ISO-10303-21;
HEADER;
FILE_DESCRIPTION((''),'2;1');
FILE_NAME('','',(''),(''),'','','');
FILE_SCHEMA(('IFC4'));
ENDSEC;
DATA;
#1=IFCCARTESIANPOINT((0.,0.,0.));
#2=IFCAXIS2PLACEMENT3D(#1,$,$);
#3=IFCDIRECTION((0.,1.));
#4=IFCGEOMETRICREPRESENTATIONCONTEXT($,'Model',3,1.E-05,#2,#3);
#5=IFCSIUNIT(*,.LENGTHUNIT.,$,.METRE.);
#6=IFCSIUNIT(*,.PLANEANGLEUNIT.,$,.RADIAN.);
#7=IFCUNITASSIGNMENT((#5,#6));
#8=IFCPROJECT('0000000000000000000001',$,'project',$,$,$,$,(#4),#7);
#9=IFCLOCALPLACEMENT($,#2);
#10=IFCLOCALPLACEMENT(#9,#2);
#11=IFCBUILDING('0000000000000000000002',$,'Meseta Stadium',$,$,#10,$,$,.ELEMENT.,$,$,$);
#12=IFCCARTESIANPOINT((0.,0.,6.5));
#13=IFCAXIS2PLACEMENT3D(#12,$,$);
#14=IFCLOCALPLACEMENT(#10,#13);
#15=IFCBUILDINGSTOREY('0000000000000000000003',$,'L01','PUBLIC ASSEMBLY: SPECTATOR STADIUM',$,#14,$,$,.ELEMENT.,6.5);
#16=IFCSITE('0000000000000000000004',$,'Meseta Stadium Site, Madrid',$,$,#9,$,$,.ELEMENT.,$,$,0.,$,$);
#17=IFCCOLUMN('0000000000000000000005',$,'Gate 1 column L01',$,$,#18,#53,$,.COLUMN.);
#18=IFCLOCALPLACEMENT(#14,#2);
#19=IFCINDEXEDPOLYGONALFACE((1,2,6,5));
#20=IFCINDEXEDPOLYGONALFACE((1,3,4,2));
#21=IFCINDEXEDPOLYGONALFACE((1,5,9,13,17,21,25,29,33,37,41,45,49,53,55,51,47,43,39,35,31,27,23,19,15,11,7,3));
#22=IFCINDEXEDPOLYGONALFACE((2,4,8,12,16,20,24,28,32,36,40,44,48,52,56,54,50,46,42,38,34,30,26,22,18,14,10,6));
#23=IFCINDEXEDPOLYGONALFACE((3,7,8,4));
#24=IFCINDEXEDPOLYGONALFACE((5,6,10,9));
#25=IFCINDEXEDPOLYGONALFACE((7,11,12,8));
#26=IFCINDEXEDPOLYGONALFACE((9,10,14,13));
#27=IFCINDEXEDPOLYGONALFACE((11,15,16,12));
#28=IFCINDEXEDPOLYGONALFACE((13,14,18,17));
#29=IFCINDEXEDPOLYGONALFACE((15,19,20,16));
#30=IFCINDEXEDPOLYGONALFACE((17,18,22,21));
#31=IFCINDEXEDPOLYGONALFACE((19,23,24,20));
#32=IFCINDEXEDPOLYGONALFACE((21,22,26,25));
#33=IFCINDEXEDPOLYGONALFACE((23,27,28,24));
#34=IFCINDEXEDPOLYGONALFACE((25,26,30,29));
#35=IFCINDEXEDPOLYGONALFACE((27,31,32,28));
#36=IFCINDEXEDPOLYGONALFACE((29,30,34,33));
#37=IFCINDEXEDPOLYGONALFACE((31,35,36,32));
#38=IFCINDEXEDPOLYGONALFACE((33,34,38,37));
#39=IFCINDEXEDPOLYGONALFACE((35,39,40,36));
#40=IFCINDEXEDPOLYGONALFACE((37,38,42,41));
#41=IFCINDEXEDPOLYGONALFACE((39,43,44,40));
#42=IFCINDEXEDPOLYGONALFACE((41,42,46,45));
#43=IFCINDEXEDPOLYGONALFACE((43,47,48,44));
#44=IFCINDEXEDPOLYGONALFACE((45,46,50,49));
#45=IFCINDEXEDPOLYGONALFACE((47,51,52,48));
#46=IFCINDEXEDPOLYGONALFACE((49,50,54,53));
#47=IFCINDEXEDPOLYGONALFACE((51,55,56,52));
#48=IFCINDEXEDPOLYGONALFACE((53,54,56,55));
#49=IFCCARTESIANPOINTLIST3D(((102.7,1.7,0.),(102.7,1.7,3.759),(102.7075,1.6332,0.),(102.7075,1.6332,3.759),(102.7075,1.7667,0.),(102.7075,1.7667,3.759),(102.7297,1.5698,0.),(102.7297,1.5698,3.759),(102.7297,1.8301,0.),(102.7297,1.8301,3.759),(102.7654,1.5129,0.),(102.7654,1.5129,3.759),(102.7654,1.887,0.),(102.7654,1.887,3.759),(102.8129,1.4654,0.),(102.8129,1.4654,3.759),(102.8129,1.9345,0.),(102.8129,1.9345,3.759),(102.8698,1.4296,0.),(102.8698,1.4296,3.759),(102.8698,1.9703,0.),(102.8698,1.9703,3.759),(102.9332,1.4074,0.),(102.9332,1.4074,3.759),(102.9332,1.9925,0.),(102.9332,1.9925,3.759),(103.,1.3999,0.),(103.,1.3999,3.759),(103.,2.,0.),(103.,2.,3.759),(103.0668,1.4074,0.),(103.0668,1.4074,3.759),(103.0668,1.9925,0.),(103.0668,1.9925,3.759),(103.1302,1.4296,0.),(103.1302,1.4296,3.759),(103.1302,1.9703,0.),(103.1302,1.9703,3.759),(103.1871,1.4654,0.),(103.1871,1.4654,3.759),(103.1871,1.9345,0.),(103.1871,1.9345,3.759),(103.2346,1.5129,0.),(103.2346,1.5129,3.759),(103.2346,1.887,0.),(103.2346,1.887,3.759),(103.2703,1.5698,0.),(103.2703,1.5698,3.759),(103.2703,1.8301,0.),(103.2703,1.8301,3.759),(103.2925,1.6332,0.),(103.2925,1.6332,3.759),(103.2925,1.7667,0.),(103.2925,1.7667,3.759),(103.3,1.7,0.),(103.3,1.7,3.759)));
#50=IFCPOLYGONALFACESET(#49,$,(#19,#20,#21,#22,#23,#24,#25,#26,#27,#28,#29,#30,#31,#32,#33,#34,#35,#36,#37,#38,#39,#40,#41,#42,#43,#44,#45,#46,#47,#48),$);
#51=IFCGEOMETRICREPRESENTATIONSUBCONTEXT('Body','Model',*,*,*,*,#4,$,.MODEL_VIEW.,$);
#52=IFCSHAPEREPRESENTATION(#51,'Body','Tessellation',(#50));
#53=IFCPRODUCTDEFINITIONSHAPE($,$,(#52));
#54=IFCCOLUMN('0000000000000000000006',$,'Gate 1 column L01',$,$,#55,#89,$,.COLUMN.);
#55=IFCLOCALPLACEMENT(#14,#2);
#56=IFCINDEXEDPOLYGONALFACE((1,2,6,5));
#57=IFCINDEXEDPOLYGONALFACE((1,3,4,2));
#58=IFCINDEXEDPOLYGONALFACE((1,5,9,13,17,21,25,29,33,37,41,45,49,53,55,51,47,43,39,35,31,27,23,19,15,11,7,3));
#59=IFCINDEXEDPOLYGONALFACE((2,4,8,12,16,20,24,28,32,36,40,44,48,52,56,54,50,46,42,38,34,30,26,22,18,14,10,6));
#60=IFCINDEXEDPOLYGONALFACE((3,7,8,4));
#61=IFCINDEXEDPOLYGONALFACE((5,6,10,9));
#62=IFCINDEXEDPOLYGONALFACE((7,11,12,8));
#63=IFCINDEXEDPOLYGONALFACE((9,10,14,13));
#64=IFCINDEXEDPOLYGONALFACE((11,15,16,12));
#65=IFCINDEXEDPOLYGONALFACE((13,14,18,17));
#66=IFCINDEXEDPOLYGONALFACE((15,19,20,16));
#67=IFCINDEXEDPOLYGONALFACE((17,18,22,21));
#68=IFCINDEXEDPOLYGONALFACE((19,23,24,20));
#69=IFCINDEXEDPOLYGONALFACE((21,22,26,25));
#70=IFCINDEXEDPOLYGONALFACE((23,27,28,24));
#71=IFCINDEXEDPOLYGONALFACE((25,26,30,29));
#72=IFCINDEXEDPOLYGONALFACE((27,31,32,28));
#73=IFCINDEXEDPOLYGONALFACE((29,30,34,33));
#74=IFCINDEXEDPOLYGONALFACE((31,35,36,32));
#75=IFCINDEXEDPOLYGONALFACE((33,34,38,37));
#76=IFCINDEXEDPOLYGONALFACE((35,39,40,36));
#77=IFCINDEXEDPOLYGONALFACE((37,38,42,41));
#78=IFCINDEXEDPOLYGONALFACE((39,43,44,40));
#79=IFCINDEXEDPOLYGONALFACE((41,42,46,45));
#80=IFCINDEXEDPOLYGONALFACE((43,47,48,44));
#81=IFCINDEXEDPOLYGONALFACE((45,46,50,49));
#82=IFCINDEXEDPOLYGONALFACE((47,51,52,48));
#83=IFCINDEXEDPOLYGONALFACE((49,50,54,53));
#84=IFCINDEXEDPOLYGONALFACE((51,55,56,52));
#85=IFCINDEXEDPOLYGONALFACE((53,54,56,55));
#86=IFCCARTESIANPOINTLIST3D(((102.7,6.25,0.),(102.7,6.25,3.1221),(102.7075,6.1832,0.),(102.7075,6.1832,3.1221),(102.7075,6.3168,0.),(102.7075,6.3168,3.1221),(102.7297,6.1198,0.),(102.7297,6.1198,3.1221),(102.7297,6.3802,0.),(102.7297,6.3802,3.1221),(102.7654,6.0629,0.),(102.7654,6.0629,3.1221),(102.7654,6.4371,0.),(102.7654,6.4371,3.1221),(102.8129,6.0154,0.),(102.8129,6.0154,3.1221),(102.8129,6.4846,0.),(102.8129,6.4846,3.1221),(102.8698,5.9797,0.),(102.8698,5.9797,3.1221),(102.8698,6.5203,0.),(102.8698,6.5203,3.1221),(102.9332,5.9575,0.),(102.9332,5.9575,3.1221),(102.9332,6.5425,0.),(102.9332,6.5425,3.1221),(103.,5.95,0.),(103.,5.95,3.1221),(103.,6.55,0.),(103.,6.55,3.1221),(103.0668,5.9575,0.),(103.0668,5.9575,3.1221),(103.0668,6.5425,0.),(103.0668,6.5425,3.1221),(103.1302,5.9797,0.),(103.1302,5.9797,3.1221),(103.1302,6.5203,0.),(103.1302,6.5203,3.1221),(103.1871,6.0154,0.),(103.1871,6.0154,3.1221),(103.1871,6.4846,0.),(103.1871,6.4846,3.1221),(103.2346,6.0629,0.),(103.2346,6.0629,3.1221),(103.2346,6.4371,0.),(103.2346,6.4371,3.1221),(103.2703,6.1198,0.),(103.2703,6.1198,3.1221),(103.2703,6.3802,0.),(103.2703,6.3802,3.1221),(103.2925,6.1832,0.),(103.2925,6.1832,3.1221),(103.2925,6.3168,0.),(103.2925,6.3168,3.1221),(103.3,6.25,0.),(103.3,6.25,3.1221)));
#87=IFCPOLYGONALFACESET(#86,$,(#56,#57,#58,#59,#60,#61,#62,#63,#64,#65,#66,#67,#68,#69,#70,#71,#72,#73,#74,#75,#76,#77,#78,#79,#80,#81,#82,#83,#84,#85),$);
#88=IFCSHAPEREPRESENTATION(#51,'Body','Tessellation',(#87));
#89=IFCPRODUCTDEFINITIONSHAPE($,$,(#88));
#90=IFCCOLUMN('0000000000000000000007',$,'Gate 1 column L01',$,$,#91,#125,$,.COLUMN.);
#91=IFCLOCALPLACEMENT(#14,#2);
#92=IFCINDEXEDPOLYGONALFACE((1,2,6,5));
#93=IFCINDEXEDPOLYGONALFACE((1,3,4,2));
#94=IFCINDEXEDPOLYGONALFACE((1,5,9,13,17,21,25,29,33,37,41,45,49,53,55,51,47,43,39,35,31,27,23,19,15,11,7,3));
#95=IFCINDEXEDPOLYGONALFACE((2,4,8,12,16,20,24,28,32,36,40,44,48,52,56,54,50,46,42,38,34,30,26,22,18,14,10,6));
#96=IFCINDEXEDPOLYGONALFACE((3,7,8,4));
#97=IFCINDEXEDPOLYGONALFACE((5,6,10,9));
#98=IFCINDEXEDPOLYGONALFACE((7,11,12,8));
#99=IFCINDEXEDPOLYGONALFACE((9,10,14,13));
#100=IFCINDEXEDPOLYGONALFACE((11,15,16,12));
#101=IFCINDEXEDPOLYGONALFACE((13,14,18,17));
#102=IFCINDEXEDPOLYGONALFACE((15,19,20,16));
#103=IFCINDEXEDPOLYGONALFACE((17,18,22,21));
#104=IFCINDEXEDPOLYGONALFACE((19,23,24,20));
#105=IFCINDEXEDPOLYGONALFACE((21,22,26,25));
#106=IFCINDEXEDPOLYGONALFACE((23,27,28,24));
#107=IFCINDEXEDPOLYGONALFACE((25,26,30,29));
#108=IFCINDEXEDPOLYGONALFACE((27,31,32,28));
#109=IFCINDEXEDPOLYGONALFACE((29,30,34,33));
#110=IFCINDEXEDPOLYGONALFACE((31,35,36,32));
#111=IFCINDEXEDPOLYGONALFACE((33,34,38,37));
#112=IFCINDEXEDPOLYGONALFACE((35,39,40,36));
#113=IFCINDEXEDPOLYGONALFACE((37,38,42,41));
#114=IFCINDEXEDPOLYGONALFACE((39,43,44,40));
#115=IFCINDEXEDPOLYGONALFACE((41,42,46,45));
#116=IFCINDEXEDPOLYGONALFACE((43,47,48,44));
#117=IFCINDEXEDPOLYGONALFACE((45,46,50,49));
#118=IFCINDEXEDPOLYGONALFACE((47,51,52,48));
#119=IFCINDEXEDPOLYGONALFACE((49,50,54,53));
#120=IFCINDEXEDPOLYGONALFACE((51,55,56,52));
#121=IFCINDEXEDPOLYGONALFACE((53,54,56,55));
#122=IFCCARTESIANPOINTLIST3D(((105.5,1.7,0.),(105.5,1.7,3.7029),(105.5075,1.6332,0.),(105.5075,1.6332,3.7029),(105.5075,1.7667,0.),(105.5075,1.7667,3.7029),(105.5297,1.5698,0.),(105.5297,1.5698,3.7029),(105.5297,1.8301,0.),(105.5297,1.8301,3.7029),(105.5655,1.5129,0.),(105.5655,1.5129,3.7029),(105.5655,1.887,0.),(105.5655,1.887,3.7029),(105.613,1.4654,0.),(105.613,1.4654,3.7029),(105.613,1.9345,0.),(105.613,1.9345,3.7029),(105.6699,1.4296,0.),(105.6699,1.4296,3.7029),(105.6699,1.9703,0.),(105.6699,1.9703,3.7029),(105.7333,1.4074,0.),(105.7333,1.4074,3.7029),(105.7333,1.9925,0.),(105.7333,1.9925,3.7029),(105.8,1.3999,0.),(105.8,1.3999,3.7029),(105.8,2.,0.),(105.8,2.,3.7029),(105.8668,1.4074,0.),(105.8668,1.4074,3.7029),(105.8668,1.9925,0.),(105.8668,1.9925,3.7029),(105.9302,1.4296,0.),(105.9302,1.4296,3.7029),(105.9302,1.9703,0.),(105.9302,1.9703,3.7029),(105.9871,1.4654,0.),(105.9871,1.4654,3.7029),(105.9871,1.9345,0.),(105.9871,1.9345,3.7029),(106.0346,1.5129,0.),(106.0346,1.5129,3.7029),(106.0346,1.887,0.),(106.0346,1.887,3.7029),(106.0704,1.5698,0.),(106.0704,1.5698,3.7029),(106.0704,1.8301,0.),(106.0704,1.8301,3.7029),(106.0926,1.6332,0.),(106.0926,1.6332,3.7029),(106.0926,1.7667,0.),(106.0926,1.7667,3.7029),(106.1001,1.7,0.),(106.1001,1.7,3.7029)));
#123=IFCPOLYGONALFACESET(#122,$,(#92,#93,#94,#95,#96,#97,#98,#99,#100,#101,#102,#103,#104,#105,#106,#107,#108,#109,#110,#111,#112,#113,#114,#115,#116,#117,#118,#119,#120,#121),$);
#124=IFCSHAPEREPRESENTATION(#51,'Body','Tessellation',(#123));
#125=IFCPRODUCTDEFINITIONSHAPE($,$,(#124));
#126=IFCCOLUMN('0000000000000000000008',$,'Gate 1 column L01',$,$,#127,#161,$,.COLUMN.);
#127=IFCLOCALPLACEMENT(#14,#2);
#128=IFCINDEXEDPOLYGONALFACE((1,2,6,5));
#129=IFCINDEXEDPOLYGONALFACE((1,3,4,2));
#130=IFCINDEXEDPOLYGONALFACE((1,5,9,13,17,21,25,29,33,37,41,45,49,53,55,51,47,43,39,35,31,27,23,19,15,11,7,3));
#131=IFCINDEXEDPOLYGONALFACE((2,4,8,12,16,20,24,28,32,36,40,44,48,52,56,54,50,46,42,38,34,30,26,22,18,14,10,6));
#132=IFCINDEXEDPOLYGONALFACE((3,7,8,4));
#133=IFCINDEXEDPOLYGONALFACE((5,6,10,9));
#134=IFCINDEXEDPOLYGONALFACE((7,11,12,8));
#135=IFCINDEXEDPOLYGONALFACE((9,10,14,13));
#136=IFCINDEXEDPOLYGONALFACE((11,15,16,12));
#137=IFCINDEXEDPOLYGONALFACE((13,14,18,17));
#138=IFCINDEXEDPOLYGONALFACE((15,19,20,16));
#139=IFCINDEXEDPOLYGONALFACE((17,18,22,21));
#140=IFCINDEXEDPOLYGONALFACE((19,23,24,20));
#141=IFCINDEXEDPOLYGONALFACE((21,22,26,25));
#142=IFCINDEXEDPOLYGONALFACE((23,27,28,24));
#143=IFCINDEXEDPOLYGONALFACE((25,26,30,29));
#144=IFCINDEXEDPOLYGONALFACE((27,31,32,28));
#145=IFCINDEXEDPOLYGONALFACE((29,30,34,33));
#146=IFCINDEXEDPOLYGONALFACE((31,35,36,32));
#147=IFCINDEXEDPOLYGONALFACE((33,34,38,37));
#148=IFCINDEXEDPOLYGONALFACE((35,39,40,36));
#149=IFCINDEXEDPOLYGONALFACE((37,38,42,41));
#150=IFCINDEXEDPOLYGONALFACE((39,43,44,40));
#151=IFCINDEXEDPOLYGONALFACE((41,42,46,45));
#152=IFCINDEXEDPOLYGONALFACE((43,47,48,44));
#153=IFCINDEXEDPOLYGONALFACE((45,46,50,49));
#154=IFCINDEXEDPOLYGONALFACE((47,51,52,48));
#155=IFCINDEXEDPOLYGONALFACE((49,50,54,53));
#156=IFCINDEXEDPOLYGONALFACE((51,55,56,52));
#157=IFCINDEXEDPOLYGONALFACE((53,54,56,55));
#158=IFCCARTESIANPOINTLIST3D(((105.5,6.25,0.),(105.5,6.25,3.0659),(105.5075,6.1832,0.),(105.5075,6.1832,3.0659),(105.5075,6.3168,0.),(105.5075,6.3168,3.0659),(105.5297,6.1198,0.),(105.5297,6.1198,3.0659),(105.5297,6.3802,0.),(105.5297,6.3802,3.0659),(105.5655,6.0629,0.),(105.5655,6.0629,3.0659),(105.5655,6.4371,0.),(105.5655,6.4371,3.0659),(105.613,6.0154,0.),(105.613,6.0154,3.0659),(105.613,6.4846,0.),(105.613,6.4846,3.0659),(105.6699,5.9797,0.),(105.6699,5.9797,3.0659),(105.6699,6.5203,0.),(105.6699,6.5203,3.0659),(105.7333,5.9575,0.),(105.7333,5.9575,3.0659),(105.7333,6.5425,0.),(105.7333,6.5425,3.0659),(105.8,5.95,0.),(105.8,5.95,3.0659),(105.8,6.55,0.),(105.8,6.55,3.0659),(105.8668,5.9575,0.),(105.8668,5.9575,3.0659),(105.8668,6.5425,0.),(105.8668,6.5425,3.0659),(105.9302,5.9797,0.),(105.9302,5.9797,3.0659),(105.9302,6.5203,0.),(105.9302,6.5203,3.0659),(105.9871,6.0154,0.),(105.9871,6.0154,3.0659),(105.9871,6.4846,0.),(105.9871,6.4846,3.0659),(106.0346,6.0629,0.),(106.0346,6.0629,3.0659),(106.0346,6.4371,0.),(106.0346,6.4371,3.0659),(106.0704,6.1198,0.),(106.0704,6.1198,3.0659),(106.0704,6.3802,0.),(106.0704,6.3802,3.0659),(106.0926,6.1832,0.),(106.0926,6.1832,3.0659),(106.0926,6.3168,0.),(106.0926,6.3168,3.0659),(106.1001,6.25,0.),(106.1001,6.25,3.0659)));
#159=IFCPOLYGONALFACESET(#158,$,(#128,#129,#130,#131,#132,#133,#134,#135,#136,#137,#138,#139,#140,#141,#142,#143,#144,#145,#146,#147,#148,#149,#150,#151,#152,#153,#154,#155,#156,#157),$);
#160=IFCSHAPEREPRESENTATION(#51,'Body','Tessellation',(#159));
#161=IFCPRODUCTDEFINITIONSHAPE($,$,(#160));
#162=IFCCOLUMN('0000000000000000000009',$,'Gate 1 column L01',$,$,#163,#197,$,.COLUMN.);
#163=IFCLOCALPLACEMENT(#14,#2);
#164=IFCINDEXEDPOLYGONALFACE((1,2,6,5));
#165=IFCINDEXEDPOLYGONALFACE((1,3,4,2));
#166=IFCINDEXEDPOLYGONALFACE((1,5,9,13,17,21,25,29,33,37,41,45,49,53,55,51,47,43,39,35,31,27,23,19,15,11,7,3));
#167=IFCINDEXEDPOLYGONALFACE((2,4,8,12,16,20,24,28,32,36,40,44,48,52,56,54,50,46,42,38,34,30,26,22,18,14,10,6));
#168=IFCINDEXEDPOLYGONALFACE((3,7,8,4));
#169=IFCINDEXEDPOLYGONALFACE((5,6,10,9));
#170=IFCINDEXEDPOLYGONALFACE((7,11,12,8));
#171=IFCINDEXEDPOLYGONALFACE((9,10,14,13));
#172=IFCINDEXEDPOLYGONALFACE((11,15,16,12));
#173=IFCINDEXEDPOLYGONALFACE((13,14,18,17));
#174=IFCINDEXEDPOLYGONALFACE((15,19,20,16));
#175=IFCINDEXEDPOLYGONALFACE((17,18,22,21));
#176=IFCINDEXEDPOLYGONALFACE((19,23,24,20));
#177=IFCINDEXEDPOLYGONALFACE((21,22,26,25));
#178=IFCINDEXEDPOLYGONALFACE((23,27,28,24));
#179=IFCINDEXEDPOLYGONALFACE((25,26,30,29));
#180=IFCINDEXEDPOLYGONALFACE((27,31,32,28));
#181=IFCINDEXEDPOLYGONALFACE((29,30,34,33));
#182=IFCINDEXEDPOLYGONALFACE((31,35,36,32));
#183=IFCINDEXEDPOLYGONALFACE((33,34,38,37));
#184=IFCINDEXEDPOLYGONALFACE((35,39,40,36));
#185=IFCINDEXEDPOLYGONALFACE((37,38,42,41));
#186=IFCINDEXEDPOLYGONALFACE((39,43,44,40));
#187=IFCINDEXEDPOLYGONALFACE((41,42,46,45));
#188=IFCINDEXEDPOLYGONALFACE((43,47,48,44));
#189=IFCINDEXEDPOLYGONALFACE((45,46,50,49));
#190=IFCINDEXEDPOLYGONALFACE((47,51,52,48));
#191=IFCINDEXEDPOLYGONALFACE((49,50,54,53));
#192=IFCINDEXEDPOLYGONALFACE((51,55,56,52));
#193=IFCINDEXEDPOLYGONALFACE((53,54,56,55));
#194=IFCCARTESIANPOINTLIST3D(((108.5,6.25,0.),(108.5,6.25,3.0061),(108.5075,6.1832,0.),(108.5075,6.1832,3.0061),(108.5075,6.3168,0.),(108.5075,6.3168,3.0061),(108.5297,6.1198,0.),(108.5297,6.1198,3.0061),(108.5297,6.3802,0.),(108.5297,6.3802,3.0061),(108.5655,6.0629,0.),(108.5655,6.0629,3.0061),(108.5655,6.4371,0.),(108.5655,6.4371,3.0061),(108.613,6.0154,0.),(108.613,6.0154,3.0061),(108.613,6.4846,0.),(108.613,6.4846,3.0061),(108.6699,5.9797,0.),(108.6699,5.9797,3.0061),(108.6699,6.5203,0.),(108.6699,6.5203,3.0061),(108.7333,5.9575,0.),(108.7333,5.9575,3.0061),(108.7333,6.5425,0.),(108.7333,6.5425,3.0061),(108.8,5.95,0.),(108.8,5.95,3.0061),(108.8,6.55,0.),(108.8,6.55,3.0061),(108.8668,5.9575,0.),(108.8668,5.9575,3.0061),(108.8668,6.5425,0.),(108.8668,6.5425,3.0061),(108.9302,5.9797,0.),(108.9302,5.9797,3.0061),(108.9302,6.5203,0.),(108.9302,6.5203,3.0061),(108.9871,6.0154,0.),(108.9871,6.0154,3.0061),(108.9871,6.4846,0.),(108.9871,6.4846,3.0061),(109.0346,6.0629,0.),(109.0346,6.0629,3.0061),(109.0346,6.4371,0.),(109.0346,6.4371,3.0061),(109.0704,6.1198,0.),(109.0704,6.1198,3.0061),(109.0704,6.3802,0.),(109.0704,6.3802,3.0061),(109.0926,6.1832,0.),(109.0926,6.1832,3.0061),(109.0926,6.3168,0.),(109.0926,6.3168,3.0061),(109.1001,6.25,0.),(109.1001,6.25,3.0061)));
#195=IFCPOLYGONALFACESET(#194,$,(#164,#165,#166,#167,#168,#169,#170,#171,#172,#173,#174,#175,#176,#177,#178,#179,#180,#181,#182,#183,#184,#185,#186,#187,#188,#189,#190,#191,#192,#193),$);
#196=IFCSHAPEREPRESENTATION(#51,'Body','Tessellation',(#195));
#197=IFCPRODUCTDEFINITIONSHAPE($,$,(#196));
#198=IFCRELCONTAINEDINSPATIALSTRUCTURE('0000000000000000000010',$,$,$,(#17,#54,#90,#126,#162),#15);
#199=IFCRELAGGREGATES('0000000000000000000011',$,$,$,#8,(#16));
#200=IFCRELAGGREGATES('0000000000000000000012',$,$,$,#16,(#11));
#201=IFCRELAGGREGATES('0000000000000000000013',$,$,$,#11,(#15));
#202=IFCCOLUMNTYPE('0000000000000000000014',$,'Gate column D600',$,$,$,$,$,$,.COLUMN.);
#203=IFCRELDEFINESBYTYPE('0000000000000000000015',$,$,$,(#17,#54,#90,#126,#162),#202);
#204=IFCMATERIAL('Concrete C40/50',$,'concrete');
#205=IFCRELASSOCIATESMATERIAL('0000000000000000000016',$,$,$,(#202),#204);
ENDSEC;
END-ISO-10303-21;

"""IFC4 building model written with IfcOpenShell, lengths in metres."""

from ifc_helpers import new_model, si_unit, direction, frame, origin, origin_2d, place, context, subcontext, project, spatial, circle, extrude, material, material_profile, profile_set, type_object, element, save


model = new_model("IFC4")

# Units and contexts
model_context = context("Model", 3, precision=1e-05, world=origin(), true_north=direction((0.0, 1.0)))
body_context = subcontext(model_context, "Body", "Model", "MODEL_VIEW")
ifc_project = project(units=[si_unit("LENGTHUNIT", "METRE"), si_unit("PLANEANGLEUNIT", "RADIAN")], contexts=[model_context])

# Site, building, storey
site_placement = place(None, origin())
site = spatial("IfcSite", under=ifc_project, at=site_placement, Name="Meseta Stadium Site, Madrid", CompositionType="ELEMENT", RefElevation=0.0)
building_placement = place(site_placement, origin())
building = spatial("IfcBuilding", under=site, at=building_placement, Name="Meseta Stadium", CompositionType="ELEMENT")
storey_placement = place(building_placement, frame((0.0, 0.0, 6.5)))
storey = spatial("IfcBuildingStorey", under=building, at=storey_placement, Name="L01", Description="PUBLIC ASSEMBLY: SPECTATOR STADIUM", CompositionType="ELEMENT", Elevation=6.5)

# Columns
ifc_material_1 = material(Name="Concrete C40/50", Category="concrete")
ifc_material_profile_1 = material_profile(ifc_material_1, circle(Radius=0.3, at=origin_2d()), Name="RC D600")
ifc_profile_set_1 = profile_set([ifc_material_profile_1], Name="Concrete C40/50")
column_type = type_object("IfcColumnType", Name="Gate column D600", PredefinedType="COLUMN", material=ifc_profile_set_1)
column_1_placement = place(storey_placement, frame((103.0, 1.7, 0.0), z_axis=(0.0, 0.0, 1.0), x_axis=(1.0, 0.0, 0.0)))
element("IfcColumn", 1, at=column_1_placement, inside=storey, type_object=column_type, Name="Gate 1 column L01", PredefinedType="COLUMN", context=body_context, shape_type="SweptSolid", body=[
    extrude(circle(Radius=0.3, at=origin_2d()), origin(), (0.0, 0.0, 1.0), 3.759),
])
column_2_placement = place(storey_placement, frame((103.0, 6.25, 0.0), z_axis=(0.0, 0.0, 1.0), x_axis=(1.0, 0.0, 0.0)))
element("IfcColumn", 2, at=column_2_placement, inside=storey, type_object=column_type, Name="Gate 1 column L01", PredefinedType="COLUMN", context=body_context, shape_type="SweptSolid", body=[
    extrude(circle(Radius=0.3, at=origin_2d()), origin(), (0.0, 0.0, 1.0), 3.1221),
])
column_3_placement = place(storey_placement, frame((105.8, 1.7, 0.0), z_axis=(0.0, 0.0, 1.0), x_axis=(1.0, 0.0, 0.0)))
element("IfcColumn", 3, at=column_3_placement, inside=storey, type_object=column_type, Name="Gate 1 column L01", PredefinedType="COLUMN", context=body_context, shape_type="SweptSolid", body=[
    extrude(circle(Radius=0.3, at=origin_2d()), origin(), (0.0, 0.0, 1.0), 3.7029),
])
column_4_placement = place(storey_placement, frame((105.8, 6.25, 0.0), z_axis=(0.0, 0.0, 1.0), x_axis=(1.0, 0.0, 0.0)))
element("IfcColumn", 4, at=column_4_placement, inside=storey, type_object=column_type, Name="Gate 1 column L01", PredefinedType="COLUMN", context=body_context, shape_type="SweptSolid", body=[
    extrude(circle(Radius=0.3, at=origin_2d()), origin(), (0.0, 0.0, 1.0), 3.0659),
])
column_5_placement = place(storey_placement, frame((108.8, 6.25, 0.0), z_axis=(0.0, 0.0, 1.0), x_axis=(1.0, 0.0, 0.0)))
element("IfcColumn", 5, at=column_5_placement, inside=storey, type_object=column_type, Name="Gate 1 column L01", PredefinedType="COLUMN", context=body_context, shape_type="SweptSolid", body=[
    extrude(circle(Radius=0.3, at=origin_2d()), origin(), (0.0, 0.0, 1.0), 3.0061),
])

save(model, "model.ifc")
